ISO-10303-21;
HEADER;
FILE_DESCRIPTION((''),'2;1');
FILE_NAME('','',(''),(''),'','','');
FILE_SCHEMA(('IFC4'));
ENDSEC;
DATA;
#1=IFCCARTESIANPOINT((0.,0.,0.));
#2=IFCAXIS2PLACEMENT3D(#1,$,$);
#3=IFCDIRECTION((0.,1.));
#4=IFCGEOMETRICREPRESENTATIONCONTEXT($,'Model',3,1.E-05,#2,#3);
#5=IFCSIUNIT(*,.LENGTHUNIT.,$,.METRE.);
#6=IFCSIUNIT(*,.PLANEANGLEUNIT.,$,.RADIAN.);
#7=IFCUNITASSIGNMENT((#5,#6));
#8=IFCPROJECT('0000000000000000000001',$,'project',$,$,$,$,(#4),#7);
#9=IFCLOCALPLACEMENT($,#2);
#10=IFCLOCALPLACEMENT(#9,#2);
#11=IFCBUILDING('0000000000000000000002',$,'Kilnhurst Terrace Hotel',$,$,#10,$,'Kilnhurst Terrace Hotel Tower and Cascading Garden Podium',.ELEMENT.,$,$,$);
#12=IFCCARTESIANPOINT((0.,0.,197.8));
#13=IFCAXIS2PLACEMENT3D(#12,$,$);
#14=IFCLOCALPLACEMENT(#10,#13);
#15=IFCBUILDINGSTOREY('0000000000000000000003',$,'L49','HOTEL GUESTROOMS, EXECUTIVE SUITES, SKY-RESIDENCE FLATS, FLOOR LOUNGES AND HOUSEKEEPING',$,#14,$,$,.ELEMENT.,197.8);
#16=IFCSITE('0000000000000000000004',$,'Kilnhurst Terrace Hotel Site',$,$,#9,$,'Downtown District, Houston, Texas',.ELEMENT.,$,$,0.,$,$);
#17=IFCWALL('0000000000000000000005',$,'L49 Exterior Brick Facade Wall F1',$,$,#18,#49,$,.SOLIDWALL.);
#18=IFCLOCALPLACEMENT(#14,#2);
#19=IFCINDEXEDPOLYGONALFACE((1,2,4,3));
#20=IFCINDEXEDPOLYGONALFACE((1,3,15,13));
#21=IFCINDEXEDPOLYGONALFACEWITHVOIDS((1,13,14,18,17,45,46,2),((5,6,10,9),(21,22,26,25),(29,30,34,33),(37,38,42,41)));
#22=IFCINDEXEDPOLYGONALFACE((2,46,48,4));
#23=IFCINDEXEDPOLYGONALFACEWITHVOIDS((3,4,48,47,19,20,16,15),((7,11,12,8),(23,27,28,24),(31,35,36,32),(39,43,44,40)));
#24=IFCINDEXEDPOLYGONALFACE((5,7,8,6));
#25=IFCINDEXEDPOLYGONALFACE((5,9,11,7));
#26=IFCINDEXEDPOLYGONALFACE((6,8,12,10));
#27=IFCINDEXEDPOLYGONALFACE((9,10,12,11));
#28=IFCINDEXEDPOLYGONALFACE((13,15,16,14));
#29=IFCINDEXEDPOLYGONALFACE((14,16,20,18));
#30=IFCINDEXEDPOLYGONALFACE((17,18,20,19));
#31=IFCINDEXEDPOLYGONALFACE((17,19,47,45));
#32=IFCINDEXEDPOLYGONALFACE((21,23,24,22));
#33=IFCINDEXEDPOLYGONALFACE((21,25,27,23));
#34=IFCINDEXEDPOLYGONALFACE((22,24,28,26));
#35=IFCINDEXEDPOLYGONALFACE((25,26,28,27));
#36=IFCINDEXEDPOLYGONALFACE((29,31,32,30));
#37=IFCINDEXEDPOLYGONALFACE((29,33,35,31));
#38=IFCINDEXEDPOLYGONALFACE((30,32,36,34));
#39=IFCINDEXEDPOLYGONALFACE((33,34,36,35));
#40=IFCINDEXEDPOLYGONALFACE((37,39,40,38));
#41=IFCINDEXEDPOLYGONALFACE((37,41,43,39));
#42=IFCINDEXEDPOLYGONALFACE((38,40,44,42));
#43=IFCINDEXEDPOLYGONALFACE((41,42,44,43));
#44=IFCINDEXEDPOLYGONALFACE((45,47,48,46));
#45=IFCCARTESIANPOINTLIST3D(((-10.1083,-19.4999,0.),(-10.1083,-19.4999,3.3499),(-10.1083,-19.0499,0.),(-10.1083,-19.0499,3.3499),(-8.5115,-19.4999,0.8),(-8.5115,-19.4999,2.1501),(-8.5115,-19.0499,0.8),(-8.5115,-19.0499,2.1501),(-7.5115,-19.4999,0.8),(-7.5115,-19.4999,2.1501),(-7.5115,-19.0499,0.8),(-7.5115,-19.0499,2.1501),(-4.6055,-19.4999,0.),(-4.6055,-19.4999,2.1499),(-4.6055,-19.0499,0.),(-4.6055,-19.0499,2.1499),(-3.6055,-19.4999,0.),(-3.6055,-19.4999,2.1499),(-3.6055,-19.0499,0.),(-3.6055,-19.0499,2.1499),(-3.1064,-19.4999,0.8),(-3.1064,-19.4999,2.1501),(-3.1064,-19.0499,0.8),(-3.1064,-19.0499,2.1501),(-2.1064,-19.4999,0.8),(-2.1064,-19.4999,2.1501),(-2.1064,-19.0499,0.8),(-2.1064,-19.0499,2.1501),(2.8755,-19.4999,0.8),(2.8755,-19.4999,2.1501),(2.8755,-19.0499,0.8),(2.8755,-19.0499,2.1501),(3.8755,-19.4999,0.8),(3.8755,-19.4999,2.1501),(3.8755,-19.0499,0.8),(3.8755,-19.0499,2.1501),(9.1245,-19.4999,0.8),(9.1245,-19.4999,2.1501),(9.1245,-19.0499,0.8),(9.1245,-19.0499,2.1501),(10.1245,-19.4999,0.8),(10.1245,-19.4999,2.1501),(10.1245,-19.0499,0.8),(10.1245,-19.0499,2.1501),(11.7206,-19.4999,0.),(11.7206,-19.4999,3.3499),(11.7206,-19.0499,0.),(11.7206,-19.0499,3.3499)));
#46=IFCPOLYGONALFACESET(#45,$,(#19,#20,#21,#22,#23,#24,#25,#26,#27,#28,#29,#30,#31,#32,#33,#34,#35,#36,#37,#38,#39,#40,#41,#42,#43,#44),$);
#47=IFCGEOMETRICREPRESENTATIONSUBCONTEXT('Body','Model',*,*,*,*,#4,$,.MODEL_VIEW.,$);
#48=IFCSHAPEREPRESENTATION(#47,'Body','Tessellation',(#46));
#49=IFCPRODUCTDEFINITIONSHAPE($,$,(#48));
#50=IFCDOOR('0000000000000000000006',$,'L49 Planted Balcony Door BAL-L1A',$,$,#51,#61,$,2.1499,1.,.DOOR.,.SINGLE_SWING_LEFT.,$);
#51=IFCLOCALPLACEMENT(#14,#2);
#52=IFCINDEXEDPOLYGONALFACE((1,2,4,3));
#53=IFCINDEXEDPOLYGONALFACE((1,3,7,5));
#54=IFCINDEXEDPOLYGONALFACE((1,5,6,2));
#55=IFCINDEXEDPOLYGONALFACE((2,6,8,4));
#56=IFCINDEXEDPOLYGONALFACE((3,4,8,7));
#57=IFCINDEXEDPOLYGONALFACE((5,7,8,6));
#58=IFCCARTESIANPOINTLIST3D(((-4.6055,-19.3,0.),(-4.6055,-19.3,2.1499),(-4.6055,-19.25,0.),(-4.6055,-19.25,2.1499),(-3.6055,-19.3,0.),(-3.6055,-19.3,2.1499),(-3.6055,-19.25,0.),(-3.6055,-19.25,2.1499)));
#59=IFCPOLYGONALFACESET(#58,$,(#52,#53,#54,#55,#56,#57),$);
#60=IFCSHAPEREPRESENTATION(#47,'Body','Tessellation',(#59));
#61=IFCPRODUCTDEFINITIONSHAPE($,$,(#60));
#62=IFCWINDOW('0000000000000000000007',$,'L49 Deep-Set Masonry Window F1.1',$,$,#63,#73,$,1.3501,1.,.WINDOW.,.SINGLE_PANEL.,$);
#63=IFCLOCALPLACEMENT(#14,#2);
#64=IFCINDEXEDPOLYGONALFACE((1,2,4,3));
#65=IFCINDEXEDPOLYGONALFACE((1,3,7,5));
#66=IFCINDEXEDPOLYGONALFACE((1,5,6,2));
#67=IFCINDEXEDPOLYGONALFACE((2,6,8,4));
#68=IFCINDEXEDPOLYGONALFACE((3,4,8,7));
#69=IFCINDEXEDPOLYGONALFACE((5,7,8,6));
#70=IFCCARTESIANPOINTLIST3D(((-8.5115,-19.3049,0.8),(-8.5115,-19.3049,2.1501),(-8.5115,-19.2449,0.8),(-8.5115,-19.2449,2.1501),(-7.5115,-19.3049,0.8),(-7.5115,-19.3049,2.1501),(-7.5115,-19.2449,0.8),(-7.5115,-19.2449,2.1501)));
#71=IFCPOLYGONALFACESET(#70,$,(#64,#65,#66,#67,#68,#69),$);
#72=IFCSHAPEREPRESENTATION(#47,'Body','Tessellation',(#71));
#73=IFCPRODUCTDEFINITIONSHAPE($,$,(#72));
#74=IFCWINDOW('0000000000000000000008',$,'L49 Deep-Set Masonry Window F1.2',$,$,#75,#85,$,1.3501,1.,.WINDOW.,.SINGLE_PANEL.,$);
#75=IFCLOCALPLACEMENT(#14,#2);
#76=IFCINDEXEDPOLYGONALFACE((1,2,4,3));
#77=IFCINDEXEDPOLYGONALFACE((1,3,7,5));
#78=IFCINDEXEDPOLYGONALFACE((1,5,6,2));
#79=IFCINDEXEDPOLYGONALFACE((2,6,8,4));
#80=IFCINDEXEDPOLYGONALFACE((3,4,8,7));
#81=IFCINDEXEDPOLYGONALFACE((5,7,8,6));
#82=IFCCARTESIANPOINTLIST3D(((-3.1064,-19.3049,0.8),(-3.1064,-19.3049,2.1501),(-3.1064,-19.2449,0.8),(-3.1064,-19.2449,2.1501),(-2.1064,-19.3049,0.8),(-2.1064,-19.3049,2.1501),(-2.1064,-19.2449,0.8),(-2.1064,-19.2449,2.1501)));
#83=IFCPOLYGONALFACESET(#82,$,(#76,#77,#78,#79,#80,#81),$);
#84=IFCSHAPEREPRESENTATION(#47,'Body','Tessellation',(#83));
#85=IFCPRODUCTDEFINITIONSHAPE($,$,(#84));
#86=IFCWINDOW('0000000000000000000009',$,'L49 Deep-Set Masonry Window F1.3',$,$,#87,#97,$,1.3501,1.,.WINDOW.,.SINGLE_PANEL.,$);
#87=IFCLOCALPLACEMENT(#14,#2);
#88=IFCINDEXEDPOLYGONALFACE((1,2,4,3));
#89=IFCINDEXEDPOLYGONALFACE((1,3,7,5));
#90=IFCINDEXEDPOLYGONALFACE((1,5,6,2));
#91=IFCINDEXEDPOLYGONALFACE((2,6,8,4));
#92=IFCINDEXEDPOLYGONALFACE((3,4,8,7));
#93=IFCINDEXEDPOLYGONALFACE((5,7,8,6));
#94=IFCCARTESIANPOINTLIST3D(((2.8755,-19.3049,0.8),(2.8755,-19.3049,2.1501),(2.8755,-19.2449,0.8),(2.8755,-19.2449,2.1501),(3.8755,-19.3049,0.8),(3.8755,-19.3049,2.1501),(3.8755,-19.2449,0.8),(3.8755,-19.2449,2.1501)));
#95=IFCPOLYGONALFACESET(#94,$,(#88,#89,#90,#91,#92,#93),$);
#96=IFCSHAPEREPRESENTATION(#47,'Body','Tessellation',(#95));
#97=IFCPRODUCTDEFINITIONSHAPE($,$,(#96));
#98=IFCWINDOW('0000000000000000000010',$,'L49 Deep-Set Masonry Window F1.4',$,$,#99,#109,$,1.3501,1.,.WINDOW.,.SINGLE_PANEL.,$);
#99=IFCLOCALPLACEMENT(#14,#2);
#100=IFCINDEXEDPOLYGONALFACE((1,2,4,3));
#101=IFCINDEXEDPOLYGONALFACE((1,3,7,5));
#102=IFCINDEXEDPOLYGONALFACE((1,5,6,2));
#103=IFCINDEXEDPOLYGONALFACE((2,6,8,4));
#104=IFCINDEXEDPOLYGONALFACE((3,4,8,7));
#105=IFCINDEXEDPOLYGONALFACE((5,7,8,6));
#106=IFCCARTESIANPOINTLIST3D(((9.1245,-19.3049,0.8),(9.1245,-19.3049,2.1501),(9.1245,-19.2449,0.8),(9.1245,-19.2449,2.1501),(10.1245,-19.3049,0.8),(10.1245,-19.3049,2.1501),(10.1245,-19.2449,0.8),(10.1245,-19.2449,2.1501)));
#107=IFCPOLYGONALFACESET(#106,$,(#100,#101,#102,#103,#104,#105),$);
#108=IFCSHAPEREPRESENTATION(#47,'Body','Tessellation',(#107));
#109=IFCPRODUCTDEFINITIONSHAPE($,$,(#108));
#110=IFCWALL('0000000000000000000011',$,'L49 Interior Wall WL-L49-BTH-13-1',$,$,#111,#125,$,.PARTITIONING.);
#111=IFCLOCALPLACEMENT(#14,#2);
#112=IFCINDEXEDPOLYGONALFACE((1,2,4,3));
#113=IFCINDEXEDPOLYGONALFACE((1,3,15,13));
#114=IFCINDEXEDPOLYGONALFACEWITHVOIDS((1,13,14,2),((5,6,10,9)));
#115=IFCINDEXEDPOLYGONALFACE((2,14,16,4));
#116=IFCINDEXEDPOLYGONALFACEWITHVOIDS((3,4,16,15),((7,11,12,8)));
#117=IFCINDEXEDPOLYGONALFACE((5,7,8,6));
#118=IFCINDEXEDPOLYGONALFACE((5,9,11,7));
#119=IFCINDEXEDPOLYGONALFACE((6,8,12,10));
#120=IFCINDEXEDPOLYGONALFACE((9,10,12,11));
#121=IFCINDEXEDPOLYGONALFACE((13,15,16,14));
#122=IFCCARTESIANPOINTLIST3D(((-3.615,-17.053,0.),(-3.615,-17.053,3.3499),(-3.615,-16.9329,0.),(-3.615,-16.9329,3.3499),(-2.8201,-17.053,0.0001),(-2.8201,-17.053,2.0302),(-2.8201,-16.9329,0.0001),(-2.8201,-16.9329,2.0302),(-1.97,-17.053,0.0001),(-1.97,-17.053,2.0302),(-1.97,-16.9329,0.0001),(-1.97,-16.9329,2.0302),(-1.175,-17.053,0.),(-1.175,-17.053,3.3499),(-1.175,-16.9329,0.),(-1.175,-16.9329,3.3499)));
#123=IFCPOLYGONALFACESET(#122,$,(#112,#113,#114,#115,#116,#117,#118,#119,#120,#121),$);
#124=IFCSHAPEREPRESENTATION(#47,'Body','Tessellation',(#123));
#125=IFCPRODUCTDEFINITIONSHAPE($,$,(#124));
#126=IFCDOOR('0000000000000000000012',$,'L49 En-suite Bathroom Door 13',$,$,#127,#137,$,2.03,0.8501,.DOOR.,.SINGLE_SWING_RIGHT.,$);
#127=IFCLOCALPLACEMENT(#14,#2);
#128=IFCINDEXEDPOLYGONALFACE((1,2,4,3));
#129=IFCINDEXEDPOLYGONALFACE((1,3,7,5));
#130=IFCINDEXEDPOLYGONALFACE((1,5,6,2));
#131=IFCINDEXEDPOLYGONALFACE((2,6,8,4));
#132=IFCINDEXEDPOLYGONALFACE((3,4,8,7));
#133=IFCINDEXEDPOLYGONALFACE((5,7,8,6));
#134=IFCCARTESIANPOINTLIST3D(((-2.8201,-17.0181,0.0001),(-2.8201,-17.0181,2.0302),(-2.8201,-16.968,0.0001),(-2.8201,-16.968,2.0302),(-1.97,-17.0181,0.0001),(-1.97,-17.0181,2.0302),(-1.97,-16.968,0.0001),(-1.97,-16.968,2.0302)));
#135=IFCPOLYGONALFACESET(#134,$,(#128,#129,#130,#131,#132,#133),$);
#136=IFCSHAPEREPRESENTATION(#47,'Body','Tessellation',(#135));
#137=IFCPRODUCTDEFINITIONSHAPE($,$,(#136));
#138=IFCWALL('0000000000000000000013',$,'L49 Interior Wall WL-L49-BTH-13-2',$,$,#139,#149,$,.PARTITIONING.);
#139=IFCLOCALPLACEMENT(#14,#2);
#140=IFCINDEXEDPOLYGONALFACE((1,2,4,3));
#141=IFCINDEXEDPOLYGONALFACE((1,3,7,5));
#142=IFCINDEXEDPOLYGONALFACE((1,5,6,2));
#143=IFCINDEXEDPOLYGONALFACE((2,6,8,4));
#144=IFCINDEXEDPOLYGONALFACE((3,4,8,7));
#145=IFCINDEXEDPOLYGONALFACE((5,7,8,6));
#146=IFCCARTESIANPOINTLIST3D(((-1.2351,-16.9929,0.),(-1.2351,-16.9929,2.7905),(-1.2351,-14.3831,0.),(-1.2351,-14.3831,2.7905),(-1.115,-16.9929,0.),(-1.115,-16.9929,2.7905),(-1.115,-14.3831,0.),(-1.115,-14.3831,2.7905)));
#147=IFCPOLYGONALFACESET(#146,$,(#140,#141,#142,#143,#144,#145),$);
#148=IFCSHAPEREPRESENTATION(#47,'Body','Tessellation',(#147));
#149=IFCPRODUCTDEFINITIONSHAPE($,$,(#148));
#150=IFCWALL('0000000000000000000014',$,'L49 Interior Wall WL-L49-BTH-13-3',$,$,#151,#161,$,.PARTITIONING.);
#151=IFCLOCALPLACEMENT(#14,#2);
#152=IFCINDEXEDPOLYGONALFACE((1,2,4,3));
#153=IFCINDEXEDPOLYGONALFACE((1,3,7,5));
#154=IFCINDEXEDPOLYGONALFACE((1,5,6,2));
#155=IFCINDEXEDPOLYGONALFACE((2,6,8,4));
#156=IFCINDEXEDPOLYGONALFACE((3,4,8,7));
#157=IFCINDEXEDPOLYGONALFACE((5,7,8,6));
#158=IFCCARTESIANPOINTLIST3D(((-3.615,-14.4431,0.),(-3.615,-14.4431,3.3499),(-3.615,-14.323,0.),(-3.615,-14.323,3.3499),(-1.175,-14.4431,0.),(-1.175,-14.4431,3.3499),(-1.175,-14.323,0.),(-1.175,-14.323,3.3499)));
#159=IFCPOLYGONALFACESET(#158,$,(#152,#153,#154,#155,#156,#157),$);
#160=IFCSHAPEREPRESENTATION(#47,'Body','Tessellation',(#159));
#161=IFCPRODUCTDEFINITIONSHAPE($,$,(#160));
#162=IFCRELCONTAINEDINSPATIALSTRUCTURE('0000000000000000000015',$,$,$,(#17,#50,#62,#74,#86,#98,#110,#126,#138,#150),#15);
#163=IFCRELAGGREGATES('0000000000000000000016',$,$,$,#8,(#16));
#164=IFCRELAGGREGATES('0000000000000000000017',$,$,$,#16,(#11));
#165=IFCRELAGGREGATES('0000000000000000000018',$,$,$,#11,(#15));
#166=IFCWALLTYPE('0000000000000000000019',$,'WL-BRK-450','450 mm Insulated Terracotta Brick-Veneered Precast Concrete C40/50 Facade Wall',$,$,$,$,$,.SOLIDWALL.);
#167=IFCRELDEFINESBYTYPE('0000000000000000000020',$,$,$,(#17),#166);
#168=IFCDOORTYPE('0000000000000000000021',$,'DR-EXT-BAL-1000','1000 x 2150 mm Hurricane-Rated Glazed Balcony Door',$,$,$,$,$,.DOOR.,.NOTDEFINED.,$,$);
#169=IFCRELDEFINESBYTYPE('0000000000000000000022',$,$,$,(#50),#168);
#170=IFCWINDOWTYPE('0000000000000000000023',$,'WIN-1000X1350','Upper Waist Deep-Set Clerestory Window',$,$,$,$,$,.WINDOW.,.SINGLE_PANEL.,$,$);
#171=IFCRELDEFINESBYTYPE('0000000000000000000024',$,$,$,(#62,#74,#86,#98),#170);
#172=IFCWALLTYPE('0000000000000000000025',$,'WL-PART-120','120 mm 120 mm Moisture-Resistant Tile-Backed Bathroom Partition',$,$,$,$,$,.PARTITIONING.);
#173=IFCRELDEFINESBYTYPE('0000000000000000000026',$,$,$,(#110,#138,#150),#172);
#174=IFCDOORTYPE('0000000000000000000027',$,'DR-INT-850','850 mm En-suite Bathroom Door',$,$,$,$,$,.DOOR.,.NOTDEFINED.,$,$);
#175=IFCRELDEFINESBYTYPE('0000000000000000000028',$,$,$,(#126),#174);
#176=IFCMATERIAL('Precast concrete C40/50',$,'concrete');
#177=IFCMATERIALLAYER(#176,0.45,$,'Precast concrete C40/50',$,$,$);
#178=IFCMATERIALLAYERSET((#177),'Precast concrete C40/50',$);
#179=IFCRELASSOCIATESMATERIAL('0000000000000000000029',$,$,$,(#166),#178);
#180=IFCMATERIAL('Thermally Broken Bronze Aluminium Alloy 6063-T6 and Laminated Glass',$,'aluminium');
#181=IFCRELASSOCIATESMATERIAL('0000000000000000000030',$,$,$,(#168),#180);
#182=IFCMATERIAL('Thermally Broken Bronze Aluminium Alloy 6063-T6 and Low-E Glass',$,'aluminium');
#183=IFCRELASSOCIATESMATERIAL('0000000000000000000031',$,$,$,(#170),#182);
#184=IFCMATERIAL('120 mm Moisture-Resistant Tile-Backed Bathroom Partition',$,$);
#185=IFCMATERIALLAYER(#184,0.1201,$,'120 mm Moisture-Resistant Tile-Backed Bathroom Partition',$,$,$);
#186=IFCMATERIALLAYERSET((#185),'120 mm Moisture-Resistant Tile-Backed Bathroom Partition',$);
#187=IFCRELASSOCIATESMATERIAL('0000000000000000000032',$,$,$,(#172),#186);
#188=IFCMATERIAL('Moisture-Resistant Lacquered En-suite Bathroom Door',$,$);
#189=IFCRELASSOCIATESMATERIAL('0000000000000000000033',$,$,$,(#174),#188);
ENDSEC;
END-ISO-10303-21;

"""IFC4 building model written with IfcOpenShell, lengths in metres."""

from ifc_helpers import new_model, si_unit, direction, frame, frame_2d, origin, place, context, subcontext, project, spatial, rectangle, extrude, material, layer, layer_set, type_object, element, fill, save


model = new_model("IFC4")

# Units and contexts
model_context = context("Model", 3, precision=1e-05, world=origin(), true_north=direction((0.0, 1.0)))
body_context = subcontext(model_context, "Body", "Model", "MODEL_VIEW")
ifc_project = project(units=[si_unit("LENGTHUNIT", "METRE"), si_unit("PLANEANGLEUNIT", "RADIAN")], contexts=[model_context])

# Site, building, storey
site_placement = place(None, origin())
site = spatial("IfcSite", under=ifc_project, at=site_placement, Name="Kilnhurst Terrace Hotel Site", LongName="Downtown District, Houston, Texas", CompositionType="ELEMENT", RefElevation=0.0)
building_placement = place(site_placement, origin())
building = spatial("IfcBuilding", under=site, at=building_placement, Name="Kilnhurst Terrace Hotel", LongName="Kilnhurst Terrace Hotel Tower and Cascading Garden Podium", CompositionType="ELEMENT")
storey_placement = place(building_placement, frame((0.0, 0.0, 197.8)))
storey = spatial("IfcBuildingStorey", under=building, at=storey_placement, Name="L49", Description="HOTEL GUESTROOMS, EXECUTIVE SUITES, SKY-RESIDENCE FLATS, FLOOR LOUNGES AND HOUSEKEEPING", CompositionType="ELEMENT", Elevation=197.8)

# Shared definitions
ifc_material_1 = material(Name="Precast concrete C40/50", Category="concrete")
ifc_layer_1 = layer(ifc_material_1, 0.45, Name="Precast concrete C40/50")
ifc_layer_set_1 = layer_set([ifc_layer_1], Name="Precast concrete C40/50")
wall_type_1 = type_object("IfcWallType", Name="WL-BRK-450", Description="450 mm Insulated Terracotta Brick-Veneered Precast Concrete C40/50 Facade Wall", PredefinedType="SOLIDWALL", material=ifc_layer_set_1)

# Wall, openings, door, windows
wall_1_placement = place(storey_placement, frame((-10.1084, -19.2749, 0.0), z_axis=(0.0, 0.0, 1.0), x_axis=(1.0, 0.0, 0.0)))
wall_1 = element("IfcWall", 1, at=wall_1_placement, inside=storey, type_object=wall_type_1, Name="L49 Exterior Brick Facade Wall F1", PredefinedType="SOLIDWALL", context=body_context, shape_type="SweptSolid", body=[
    extrude(rectangle(XDim=21.8289, YDim=0.45, at=frame_2d((10.9146, 0.0))), origin(), (0.0, 0.0, 1.0), 3.3499),
])
opening_1_placement = place(wall_1_placement, frame((5.5029, 0.0, 0.0)))
opening_1 = element("IfcOpeningElement", 2, at=opening_1_placement, cuts=wall_1, PredefinedType="OPENING", context=body_context, shape_type="SweptSolid", body=[
    extrude(rectangle(XDim=1.0, YDim=2.1499, at=frame_2d((0.5, 1.075))), frame((0.0, 0.2349, 0.0), z_axis=(0.0, -1.0, 0.0), x_axis=(1.0, 0.0, 0.0)), (0.0, 0.0, 1.0), 0.47),
])
opening_2_placement = place(wall_1_placement, frame((1.5969, 0.0, 0.8)))
opening_2 = element("IfcOpeningElement", 3, at=opening_2_placement, cuts=wall_1, PredefinedType="OPENING", context=body_context, shape_type="SweptSolid", body=[
    extrude(rectangle(XDim=1.0, YDim=1.3501, at=frame_2d((0.5, 0.675))), frame((0.0, 0.2349, 0.0), z_axis=(0.0, -1.0, 0.0), x_axis=(1.0, 0.0, 0.0)), (0.0, 0.0, 1.0), 0.47),
])
opening_3_placement = place(wall_1_placement, frame((7.002, 0.0, 0.8)))
opening_3 = element("IfcOpeningElement", 4, at=opening_3_placement, cuts=wall_1, PredefinedType="OPENING", context=body_context, shape_type="SweptSolid", body=[
    extrude(rectangle(XDim=1.0, YDim=1.3501, at=frame_2d((0.5, 0.675))), frame((0.0, 0.2349, 0.0), z_axis=(0.0, -1.0, 0.0), x_axis=(1.0, 0.0, 0.0)), (0.0, 0.0, 1.0), 0.47),
])
opening_4_placement = place(wall_1_placement, frame((12.9839, 0.0, 0.8)))
opening_4 = element("IfcOpeningElement", 5, at=opening_4_placement, cuts=wall_1, PredefinedType="OPENING", context=body_context, shape_type="SweptSolid", body=[
    extrude(rectangle(XDim=1.0, YDim=1.3501, at=frame_2d((0.5, 0.675))), frame((0.0, 0.2349, 0.0), z_axis=(0.0, -1.0, 0.0), x_axis=(1.0, 0.0, 0.0)), (0.0, 0.0, 1.0), 0.47),
])
opening_5_placement = place(wall_1_placement, frame((19.2329, 0.0, 0.8)))
opening_5 = element("IfcOpeningElement", 6, at=opening_5_placement, cuts=wall_1, PredefinedType="OPENING", context=body_context, shape_type="SweptSolid", body=[
    extrude(rectangle(XDim=1.0, YDim=1.3501, at=frame_2d((0.5, 0.675))), frame((0.0, 0.2349, 0.0), z_axis=(0.0, -1.0, 0.0), x_axis=(1.0, 0.0, 0.0)), (0.0, 0.0, 1.0), 0.47),
])
ifc_material_2 = material(Name="Thermally Broken Bronze Aluminium Alloy 6063-T6 and Laminated Glass", Category="aluminium")
door_type_1 = type_object("IfcDoorType", Name="DR-EXT-BAL-1000", Description="1000 x 2150 mm Hurricane-Rated Glazed Balcony Door", OperationType="NOTDEFINED", PredefinedType="DOOR", material=ifc_material_2)
door_1_placement = place(opening_1_placement, origin())
door_1 = element("IfcDoor", 7, at=door_1_placement, inside=storey, type_object=door_type_1, Name="L49 Planted Balcony Door BAL-L1A", OperationType="SINGLE_SWING_LEFT", OverallHeight=2.1499, OverallWidth=1.0, PredefinedType="DOOR", context=body_context, shape_type="SweptSolid", body=[
    extrude(rectangle(XDim=1.0, YDim=2.1499, at=frame_2d((0.5, 1.075))), frame((0.0, 0.0249, 0.0), z_axis=(0.0, -1.0, 0.0), x_axis=(1.0, 0.0, 0.0)), (0.0, 0.0, 1.0), 0.05),
])
fill(opening_1, door_1)
ifc_material_3 = material(Name="Thermally Broken Bronze Aluminium Alloy 6063-T6 and Low-E Glass", Category="aluminium")
window_type = type_object("IfcWindowType", Name="WIN-1000X1350", Description="Upper Waist Deep-Set Clerestory Window", PartitioningType="SINGLE_PANEL", PredefinedType="WINDOW", material=ifc_material_3)
window_1_placement = place(opening_2_placement, origin())
window_1 = element("IfcWindow", 8, at=window_1_placement, inside=storey, type_object=window_type, Name="L49 Deep-Set Masonry Window F1.1", OverallHeight=1.3501, OverallWidth=1.0, PartitioningType="SINGLE_PANEL", PredefinedType="WINDOW", context=body_context, shape_type="SweptSolid", body=[
    extrude(rectangle(XDim=1.0, YDim=1.3501, at=frame_2d((0.5, 0.675))), frame((0.0, 0.03, 0.0), z_axis=(0.0, -1.0, 0.0), x_axis=(1.0, 0.0, 0.0)), (0.0, 0.0, 1.0), 0.0601),
])
fill(opening_2, window_1)
window_2_placement = place(opening_3_placement, origin())
window_2 = element("IfcWindow", 9, at=window_2_placement, inside=storey, type_object=window_type, Name="L49 Deep-Set Masonry Window F1.2", OverallHeight=1.3501, OverallWidth=1.0, PartitioningType="SINGLE_PANEL", PredefinedType="WINDOW", context=body_context, shape_type="SweptSolid", body=[
    extrude(rectangle(XDim=1.0, YDim=1.3501, at=frame_2d((0.5, 0.675))), frame((0.0, 0.03, 0.0), z_axis=(0.0, -1.0, 0.0), x_axis=(1.0, 0.0, 0.0)), (0.0, 0.0, 1.0), 0.0601),
])
fill(opening_3, window_2)
window_3_placement = place(opening_4_placement, origin())
window_3 = element("IfcWindow", 10, at=window_3_placement, inside=storey, type_object=window_type, Name="L49 Deep-Set Masonry Window F1.3", OverallHeight=1.3501, OverallWidth=1.0, PartitioningType="SINGLE_PANEL", PredefinedType="WINDOW", context=body_context, shape_type="SweptSolid", body=[
    extrude(rectangle(XDim=1.0, YDim=1.3501, at=frame_2d((0.5, 0.675))), frame((0.0, 0.03, 0.0), z_axis=(0.0, -1.0, 0.0), x_axis=(1.0, 0.0, 0.0)), (0.0, 0.0, 1.0), 0.0601),
])
fill(opening_4, window_3)
window_4_placement = place(opening_5_placement, origin())
window_4 = element("IfcWindow", 11, at=window_4_placement, inside=storey, type_object=window_type, Name="L49 Deep-Set Masonry Window F1.4", OverallHeight=1.3501, OverallWidth=1.0, PartitioningType="SINGLE_PANEL", PredefinedType="WINDOW", context=body_context, shape_type="SweptSolid", body=[
    extrude(rectangle(XDim=1.0, YDim=1.3501, at=frame_2d((0.5, 0.675))), frame((0.0, 0.03, 0.0), z_axis=(0.0, -1.0, 0.0), x_axis=(1.0, 0.0, 0.0)), (0.0, 0.0, 1.0), 0.0601),
])
fill(opening_5, window_4)

# Wall, opening, door
ifc_material_4 = material(Name="120 mm Moisture-Resistant Tile-Backed Bathroom Partition")
ifc_layer_2 = layer(ifc_material_4, 0.1201, Name="120 mm Moisture-Resistant Tile-Backed Bathroom Partition")
ifc_layer_set_2 = layer_set([ifc_layer_2], Name="120 mm Moisture-Resistant Tile-Backed Bathroom Partition")
wall_type_2 = type_object("IfcWallType", Name="WL-PART-120", Description="120 mm 120 mm Moisture-Resistant Tile-Backed Bathroom Partition", PredefinedType="PARTITIONING", material=ifc_layer_set_2)
wall_2_placement = place(storey_placement, frame((-3.615, -16.9929, 0.0), z_axis=(0.0, 0.0, 1.0), x_axis=(1.0, 0.0, 0.0)))
wall_2 = element("IfcWall", 12, at=wall_2_placement, inside=storey, type_object=wall_type_2, Name="L49 Interior Wall WL-L49-BTH-13-1", PredefinedType="PARTITIONING", context=body_context, shape_type="SweptSolid", body=[
    extrude(rectangle(XDim=2.4399, YDim=0.1201, at=frame_2d((1.22, 0.0))), origin(), (0.0, 0.0, 1.0), 3.3499),
])
opening_6_placement = place(wall_2_placement, frame((0.7949, 0.0, 0.0)))
opening_6 = element("IfcOpeningElement", 13, at=opening_6_placement, cuts=wall_2, PredefinedType="OPENING", context=body_context, shape_type="SweptSolid", body=[
    extrude(rectangle(XDim=0.8501, YDim=2.03, at=frame_2d((0.425, 1.0151))), frame((0.0, 0.0701, 0.0), z_axis=(0.0, -1.0, 0.0), x_axis=(1.0, 0.0, 0.0)), (0.0, 0.0, 1.0), 0.1401),
])
ifc_material_5 = material(Name="Moisture-Resistant Lacquered En-suite Bathroom Door")
door_type_2 = type_object("IfcDoorType", Name="DR-INT-850", Description="850 mm En-suite Bathroom Door", OperationType="NOTDEFINED", PredefinedType="DOOR", material=ifc_material_5)
door_2_placement = place(opening_6_placement, origin())
door_2 = element("IfcDoor", 14, at=door_2_placement, inside=storey, type_object=door_type_2, Name="L49 En-suite Bathroom Door 13", OperationType="SINGLE_SWING_RIGHT", OverallHeight=2.03, OverallWidth=0.8501, PredefinedType="DOOR", context=body_context, shape_type="SweptSolid", body=[
    extrude(rectangle(XDim=0.8501, YDim=2.03, at=frame_2d((0.425, 1.0151))), frame((0.0, 0.0249, 0.0), z_axis=(0.0, -1.0, 0.0), x_axis=(1.0, 0.0, 0.0)), (0.0, 0.0, 1.0), 0.05),
])
fill(opening_6, door_2)

# Walls
wall_3_placement = place(storey_placement, frame((-1.175, -16.9929, 0.0), z_axis=(0.0, 0.0, 1.0), x_axis=(0.0, 1.0, 0.0)))
element("IfcWall", 15, at=wall_3_placement, inside=storey, type_object=wall_type_2, Name="L49 Interior Wall WL-L49-BTH-13-2", PredefinedType="PARTITIONING", context=body_context, shape_type="SweptSolid", body=[
    extrude(rectangle(XDim=2.6099, YDim=0.1201, at=frame_2d((1.3049, 0.0))), origin(), (0.0, 0.0, 1.0), 2.7905),
])
wall_4_placement = place(storey_placement, frame((-1.175, -14.3831, 0.0), z_axis=(0.0, 0.0, 1.0), x_axis=(-1.0, 0.0, 0.0)))
element("IfcWall", 16, at=wall_4_placement, inside=storey, type_object=wall_type_2, Name="L49 Interior Wall WL-L49-BTH-13-3", PredefinedType="PARTITIONING", context=body_context, shape_type="SweptSolid", body=[
    extrude(rectangle(XDim=2.4399, YDim=0.1201, at=frame_2d((1.22, 0.0))), origin(), (0.0, 0.0, 1.0), 3.3499),
])

save(model, "model.ifc")
